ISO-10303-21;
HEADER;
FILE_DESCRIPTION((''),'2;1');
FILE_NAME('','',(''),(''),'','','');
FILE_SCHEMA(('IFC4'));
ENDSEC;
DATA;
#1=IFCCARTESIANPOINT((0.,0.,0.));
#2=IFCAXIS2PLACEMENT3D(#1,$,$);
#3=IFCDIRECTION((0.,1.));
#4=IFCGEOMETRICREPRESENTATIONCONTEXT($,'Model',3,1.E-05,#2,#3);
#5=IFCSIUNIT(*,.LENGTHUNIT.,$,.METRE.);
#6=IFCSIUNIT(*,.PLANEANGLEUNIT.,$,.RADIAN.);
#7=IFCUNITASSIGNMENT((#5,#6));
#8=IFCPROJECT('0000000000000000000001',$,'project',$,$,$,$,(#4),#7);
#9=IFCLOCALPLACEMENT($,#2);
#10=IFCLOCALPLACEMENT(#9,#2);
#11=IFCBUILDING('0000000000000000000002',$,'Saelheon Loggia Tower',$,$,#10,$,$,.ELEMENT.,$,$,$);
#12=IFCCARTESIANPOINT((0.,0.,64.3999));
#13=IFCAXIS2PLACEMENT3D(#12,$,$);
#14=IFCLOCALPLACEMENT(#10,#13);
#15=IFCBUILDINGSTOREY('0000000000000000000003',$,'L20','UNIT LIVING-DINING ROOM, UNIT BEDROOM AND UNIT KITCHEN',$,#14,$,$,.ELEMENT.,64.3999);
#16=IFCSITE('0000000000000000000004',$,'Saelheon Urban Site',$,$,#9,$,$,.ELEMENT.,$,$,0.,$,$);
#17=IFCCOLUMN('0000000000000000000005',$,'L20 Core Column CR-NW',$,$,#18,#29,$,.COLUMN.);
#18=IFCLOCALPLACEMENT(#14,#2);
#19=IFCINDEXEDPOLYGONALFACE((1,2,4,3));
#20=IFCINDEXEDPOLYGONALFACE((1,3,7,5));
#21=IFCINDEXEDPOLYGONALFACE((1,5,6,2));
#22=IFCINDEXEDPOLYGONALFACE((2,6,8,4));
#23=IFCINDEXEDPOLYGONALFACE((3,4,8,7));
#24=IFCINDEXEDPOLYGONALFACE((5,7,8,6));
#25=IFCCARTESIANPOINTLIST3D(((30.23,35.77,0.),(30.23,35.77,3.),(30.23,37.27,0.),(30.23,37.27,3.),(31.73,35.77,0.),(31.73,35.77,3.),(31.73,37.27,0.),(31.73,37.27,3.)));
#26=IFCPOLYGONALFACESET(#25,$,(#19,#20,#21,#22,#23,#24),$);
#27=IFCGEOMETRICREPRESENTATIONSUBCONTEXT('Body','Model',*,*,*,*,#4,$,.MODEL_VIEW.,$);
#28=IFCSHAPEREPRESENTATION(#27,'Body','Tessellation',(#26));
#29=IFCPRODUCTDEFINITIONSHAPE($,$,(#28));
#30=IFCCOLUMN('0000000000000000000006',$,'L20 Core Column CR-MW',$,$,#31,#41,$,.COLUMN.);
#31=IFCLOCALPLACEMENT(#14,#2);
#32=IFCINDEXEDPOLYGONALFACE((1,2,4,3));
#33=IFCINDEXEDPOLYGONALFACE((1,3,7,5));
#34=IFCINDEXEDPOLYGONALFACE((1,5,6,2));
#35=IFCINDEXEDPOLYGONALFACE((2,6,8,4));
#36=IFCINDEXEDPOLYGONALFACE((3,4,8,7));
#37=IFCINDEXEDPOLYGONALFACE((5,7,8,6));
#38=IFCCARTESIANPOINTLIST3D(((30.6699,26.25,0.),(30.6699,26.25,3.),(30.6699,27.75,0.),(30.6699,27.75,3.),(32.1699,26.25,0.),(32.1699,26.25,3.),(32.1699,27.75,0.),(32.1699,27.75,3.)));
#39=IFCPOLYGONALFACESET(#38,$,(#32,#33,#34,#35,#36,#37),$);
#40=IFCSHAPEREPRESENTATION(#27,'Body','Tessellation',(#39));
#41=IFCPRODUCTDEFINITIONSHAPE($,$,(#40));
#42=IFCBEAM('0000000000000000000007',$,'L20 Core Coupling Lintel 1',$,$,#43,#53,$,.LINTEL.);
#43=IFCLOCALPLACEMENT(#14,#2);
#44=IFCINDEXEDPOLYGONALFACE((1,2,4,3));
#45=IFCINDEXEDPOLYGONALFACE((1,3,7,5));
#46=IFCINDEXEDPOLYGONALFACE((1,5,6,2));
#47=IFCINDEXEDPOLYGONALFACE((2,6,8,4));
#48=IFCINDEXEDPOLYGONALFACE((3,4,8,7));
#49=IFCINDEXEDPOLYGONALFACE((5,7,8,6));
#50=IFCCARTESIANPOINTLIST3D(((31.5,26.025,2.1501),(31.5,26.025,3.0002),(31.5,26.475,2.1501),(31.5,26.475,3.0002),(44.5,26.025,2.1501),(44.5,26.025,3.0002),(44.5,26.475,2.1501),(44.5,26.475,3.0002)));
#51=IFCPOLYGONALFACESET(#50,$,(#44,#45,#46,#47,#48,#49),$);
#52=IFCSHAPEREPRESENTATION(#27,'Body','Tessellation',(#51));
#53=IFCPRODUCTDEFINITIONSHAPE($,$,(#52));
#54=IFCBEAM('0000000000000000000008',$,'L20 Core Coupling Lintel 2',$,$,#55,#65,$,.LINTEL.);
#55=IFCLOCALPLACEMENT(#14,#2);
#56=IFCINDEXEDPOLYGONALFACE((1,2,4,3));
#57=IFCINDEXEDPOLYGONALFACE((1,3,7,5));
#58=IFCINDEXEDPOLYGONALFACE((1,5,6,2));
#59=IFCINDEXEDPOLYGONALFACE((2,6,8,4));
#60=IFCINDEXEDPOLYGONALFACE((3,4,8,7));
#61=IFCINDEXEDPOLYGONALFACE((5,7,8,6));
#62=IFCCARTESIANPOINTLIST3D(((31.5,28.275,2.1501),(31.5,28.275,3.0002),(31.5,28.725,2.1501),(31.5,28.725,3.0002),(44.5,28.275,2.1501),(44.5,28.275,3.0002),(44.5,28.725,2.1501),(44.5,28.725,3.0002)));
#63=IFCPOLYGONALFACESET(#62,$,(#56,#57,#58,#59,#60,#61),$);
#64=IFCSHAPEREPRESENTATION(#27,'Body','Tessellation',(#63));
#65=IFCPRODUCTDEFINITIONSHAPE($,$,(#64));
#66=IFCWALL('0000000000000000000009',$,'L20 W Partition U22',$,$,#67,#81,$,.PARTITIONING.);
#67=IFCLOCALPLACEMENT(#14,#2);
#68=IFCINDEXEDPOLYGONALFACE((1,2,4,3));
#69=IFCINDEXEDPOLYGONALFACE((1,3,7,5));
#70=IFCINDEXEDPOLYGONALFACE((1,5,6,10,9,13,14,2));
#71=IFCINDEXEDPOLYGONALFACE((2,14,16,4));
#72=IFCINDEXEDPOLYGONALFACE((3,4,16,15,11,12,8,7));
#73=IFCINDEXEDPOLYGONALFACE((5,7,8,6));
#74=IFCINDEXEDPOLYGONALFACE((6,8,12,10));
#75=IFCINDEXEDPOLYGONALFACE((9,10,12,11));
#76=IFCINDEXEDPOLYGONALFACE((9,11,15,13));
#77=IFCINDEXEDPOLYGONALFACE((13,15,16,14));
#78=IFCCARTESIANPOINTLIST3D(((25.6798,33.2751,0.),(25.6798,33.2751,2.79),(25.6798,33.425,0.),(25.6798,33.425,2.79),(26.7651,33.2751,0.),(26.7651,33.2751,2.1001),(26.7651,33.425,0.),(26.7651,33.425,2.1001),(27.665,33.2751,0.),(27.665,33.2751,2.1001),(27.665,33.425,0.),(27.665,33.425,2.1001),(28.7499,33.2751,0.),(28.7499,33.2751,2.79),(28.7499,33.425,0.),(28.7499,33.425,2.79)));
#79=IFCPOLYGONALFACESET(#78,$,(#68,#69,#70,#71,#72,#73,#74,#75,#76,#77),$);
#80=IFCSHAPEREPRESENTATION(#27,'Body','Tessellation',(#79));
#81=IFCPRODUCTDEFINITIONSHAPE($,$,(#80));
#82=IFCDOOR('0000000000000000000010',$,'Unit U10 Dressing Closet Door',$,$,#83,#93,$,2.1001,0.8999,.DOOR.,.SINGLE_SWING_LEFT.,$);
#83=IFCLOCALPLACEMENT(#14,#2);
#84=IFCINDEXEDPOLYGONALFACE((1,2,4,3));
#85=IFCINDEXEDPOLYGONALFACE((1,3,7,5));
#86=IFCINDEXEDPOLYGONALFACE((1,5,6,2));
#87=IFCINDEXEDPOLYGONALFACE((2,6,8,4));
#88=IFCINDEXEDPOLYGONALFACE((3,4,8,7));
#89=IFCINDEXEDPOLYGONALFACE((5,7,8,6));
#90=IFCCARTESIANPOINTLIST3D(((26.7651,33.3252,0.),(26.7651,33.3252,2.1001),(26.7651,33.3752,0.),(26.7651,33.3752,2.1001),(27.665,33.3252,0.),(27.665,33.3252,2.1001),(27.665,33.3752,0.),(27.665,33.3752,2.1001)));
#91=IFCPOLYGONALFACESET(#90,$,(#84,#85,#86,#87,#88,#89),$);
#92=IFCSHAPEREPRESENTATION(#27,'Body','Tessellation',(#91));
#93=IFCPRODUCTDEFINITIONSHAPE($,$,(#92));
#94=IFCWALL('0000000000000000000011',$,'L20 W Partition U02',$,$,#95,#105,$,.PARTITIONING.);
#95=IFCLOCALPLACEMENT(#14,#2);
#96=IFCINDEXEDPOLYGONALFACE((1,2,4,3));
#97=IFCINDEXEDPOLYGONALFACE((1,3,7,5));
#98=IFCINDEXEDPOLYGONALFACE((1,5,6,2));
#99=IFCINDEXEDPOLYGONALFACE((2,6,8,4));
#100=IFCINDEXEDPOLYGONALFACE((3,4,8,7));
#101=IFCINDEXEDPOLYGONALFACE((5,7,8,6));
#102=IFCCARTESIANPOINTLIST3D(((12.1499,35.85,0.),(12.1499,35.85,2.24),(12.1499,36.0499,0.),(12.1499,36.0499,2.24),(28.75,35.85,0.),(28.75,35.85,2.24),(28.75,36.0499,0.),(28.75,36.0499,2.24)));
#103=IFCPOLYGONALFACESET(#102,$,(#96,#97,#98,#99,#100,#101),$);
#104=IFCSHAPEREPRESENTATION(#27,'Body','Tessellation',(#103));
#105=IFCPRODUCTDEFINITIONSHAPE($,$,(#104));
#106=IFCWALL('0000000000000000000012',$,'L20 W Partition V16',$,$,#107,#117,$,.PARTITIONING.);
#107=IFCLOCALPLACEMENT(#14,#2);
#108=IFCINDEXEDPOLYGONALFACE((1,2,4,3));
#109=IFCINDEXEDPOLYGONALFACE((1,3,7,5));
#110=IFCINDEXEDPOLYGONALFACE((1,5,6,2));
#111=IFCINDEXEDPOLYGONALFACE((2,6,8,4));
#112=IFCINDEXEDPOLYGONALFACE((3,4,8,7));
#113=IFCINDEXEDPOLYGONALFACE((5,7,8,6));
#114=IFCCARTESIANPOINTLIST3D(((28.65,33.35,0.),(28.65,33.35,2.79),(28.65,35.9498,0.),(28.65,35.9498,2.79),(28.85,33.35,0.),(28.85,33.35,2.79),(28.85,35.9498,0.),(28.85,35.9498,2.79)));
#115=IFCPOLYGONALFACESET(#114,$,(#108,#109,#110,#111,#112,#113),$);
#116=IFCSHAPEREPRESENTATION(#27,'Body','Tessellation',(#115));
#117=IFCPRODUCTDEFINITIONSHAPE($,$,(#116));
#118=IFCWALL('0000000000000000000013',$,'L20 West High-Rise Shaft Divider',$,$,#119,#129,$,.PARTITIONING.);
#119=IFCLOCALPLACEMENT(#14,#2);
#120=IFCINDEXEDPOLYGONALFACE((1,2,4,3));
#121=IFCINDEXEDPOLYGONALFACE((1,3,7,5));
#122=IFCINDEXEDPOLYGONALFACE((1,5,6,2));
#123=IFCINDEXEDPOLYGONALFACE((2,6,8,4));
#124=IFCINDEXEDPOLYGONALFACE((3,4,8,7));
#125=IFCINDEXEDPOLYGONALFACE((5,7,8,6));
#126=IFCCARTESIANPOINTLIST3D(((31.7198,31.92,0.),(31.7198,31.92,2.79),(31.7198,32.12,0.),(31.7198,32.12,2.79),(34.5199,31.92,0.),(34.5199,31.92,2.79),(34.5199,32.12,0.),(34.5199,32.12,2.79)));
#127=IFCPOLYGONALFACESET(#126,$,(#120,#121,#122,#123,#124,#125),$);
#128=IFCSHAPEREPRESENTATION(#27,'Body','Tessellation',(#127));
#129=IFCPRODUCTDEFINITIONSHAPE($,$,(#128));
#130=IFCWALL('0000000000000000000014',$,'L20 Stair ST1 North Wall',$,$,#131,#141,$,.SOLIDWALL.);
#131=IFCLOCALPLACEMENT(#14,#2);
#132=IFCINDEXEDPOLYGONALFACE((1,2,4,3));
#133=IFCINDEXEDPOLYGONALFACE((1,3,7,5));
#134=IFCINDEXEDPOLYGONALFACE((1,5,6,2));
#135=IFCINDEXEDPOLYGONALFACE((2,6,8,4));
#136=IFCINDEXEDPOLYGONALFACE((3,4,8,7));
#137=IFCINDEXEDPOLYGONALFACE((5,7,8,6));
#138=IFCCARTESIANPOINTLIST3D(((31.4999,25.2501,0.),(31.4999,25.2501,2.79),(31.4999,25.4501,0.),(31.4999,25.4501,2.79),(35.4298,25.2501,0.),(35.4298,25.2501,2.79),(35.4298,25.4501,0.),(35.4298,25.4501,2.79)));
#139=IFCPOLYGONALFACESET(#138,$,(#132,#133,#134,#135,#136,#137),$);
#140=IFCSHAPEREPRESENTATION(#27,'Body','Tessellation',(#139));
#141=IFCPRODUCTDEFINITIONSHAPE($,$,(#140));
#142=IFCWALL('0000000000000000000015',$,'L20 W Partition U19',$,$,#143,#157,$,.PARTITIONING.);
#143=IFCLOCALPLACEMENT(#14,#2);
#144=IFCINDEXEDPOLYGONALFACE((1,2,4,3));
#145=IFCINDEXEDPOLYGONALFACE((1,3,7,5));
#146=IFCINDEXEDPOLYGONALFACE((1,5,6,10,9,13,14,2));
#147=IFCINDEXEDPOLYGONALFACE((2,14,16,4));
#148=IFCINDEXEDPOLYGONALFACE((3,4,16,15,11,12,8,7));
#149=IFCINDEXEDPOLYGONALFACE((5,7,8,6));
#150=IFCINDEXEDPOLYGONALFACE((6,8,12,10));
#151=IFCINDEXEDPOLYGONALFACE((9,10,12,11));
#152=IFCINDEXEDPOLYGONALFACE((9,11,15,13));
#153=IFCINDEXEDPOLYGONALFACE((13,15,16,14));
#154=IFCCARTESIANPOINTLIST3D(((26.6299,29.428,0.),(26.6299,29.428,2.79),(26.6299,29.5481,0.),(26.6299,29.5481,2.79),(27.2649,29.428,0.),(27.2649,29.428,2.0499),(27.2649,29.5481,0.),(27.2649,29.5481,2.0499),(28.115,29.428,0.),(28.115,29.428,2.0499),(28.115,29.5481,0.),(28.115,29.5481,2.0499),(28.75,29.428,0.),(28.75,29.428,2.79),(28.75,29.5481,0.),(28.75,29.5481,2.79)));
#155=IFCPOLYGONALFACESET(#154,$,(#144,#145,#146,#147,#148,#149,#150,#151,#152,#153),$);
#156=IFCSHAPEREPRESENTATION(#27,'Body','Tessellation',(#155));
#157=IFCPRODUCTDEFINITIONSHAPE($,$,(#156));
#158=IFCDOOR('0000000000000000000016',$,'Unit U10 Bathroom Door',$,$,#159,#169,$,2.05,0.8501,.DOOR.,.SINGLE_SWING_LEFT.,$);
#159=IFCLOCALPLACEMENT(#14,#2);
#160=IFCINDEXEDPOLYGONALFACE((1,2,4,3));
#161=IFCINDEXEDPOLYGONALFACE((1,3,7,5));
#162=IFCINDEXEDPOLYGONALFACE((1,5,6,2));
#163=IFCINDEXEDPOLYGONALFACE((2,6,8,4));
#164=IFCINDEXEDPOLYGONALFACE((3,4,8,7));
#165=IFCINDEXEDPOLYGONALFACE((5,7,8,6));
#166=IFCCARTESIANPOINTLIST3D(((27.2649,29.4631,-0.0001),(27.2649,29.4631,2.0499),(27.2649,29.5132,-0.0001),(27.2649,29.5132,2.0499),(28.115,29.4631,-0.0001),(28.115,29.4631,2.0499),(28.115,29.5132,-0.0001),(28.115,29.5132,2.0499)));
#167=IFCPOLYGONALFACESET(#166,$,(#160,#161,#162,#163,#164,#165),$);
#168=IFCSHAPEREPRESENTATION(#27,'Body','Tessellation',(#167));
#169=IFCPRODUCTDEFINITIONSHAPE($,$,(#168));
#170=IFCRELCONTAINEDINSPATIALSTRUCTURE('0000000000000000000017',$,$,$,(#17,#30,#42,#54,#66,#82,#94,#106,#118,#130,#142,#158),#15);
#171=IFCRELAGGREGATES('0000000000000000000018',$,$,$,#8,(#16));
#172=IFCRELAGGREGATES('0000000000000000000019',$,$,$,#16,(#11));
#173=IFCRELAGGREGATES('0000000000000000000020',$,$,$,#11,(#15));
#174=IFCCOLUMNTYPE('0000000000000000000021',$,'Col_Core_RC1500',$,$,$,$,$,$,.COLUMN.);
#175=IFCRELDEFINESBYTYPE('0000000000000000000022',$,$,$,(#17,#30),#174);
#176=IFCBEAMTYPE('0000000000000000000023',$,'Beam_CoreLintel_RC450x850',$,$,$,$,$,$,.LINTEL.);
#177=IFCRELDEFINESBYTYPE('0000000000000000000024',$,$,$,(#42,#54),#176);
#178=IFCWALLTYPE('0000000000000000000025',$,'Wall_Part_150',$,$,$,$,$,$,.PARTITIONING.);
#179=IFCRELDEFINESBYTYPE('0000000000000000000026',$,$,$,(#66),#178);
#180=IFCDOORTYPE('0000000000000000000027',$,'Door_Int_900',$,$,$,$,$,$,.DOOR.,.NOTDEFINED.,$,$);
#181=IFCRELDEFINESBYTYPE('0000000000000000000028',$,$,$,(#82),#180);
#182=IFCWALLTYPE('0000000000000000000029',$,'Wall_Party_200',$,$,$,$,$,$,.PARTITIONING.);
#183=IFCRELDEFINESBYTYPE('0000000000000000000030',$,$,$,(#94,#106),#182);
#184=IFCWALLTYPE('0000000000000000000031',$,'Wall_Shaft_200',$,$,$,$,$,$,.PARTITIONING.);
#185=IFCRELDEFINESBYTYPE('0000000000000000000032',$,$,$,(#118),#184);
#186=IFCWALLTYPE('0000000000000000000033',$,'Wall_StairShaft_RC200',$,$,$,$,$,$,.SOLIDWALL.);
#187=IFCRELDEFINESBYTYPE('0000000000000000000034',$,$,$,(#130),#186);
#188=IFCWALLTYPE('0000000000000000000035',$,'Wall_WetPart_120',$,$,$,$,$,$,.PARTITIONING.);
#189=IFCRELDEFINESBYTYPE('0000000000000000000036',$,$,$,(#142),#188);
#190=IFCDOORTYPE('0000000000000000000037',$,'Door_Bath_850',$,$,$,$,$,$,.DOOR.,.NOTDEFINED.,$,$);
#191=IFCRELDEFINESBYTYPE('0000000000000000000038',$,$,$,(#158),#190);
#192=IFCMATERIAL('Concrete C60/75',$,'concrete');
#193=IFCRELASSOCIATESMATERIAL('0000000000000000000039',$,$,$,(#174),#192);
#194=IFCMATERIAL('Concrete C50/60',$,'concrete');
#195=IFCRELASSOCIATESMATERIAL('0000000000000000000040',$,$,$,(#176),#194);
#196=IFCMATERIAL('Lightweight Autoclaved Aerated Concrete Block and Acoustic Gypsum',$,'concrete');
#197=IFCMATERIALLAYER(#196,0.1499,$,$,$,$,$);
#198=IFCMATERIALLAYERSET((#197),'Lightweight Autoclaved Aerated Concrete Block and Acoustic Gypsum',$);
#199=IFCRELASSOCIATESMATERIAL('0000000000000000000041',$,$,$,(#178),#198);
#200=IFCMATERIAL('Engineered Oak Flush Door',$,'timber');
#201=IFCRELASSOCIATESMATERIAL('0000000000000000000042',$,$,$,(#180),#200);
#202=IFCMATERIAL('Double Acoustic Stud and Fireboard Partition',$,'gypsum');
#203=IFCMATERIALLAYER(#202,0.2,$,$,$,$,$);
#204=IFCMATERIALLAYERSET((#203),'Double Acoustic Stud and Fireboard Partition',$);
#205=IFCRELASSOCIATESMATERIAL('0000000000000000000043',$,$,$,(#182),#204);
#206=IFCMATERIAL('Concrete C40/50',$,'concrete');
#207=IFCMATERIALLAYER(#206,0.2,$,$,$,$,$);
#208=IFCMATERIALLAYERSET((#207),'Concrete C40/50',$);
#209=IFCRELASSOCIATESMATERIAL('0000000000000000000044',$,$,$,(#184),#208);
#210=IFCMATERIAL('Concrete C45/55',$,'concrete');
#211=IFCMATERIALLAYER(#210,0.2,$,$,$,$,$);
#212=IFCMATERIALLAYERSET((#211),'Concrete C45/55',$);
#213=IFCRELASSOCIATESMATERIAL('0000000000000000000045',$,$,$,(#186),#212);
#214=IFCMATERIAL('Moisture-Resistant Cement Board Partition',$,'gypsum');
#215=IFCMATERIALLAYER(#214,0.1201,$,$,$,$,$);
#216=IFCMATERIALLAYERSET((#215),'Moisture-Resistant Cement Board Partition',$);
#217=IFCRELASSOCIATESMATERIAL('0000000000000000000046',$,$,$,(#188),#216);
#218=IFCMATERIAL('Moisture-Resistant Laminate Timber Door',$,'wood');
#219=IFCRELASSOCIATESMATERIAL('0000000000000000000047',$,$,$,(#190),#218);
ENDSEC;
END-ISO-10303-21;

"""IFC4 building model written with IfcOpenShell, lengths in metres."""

from ifc_helpers import new_model, si_unit, direction, frame, frame_2d, origin, origin_2d, place, context, subcontext, project, spatial, rectangle, extrude, source, transform, mapped, material, layer, layer_set, material_profile, profile_set, type_object, element, fill, save


model = new_model("IFC4")

# Units and contexts
model_context = context("Model", 3, precision=1e-05, world=origin(), true_north=direction((0.0, 1.0)))
body_context = subcontext(model_context, "Body", "Model", "MODEL_VIEW")
ifc_project = project(units=[si_unit("LENGTHUNIT", "METRE"), si_unit("PLANEANGLEUNIT", "RADIAN")], contexts=[model_context])

# Site, building, storey
site_placement = place(None, origin())
site = spatial("IfcSite", under=ifc_project, at=site_placement, Name="Saelheon Urban Site", CompositionType="ELEMENT", RefElevation=0.0)
building_placement = place(site_placement, origin())
building = spatial("IfcBuilding", under=site, at=building_placement, Name="Saelheon Loggia Tower", CompositionType="ELEMENT")
storey_placement = place(building_placement, frame((0.0, 0.0, 64.3999)))
storey = spatial("IfcBuildingStorey", under=building, at=storey_placement, Name="L20", Description="UNIT LIVING-DINING ROOM, UNIT BEDROOM AND UNIT KITCHEN", CompositionType="ELEMENT", Elevation=64.3999)

# Columns
ifc_material_1 = material(Name="Concrete C60/75", Category="concrete")
ifc_material_profile_1 = material_profile(ifc_material_1, rectangle(XDim=1.5, YDim=1.5, at=origin_2d()), Name="RC-1500x1500")
ifc_profile_set_1 = profile_set([ifc_material_profile_1], Name="Concrete C60/75")
column_type = type_object("IfcColumnType", Name="Col_Core_RC1500", PredefinedType="COLUMN", material=ifc_profile_set_1)
shared_shape_1 = source(origin(), body_context, "Body", "SweptSolid", [
    extrude(rectangle(XDim=1.5, YDim=1.5, at=origin_2d()), origin(), (0.0, 0.0, 1.0), 3.0),
])
for number, where, z_axis, x_axis, name in (
    (1, (30.98, 36.52, 0.0), (0.0, 0.0, 1.0), (1.0, 0.0, 0.0), "L20 Core Column CR-NW"),
    (2, (31.4199, 27.0, 0.0), (0.0, 0.0, 1.0), (1.0, 0.0, 0.0), "L20 Core Column CR-MW"),
):
    element("IfcColumn", number, at=place(storey_placement, frame(where, z_axis=z_axis, x_axis=x_axis)), inside=storey, type_object=column_type, Name=name, PredefinedType="COLUMN", context=body_context, shape_type="MappedRepresentation", body=[
        mapped(shared_shape_1, transform((0.0, 0.0, 0.0), scale=1.0)),
    ])

# Beams
ifc_material_2 = material(Name="Concrete C50/60", Category="concrete")
ifc_material_profile_2 = material_profile(ifc_material_2, rectangle(XDim=0.45, YDim=0.8501, at=origin_2d()), Name="RC-450x850")
ifc_profile_set_2 = profile_set([ifc_material_profile_2], Name="Concrete C50/60")
beam_type = type_object("IfcBeamType", Name="Beam_CoreLintel_RC450x850", PredefinedType="LINTEL", material=ifc_profile_set_2)
shared_shape_2 = source(origin(), body_context, "Body", "SweptSolid", [
    extrude(rectangle(XDim=0.45, YDim=0.8501, at=origin_2d()), origin(), (0.0, 0.0, 1.0), 13.0),
])
for number, where, z_axis, x_axis, name in (
    (3, (31.5, 26.25, 2.5752), (1.0, 0.0, 0.0), (0.0, 1.0, 0.0), "L20 Core Coupling Lintel 1"),
    (4, (31.5, 28.5, 2.5752), (1.0, 0.0, 0.0), (0.0, 1.0, 0.0), "L20 Core Coupling Lintel 2"),
):
    element("IfcBeam", number, at=place(storey_placement, frame(where, z_axis=z_axis, x_axis=x_axis)), inside=storey, type_object=beam_type, Name=name, PredefinedType="LINTEL", context=body_context, shape_type="MappedRepresentation", body=[
        mapped(shared_shape_2, transform((0.0, 0.0, 0.0), scale=1.0)),
    ])

# Wall, opening, door
ifc_material_3 = material(Name="Lightweight Autoclaved Aerated Concrete Block and Acoustic Gypsum", Category="concrete")
ifc_layer_1 = layer(ifc_material_3, 0.1499)
ifc_layer_set_1 = layer_set([ifc_layer_1], Name="Lightweight Autoclaved Aerated Concrete Block and Acoustic Gypsum")
wall_type_1 = type_object("IfcWallType", Name="Wall_Part_150", PredefinedType="PARTITIONING", material=ifc_layer_set_1)
wall_1_placement = place(storey_placement, frame((28.75, 33.3501, 0.0), z_axis=(0.0, 0.0, 1.0), x_axis=(-1.0, 0.0, 0.0)))
wall_1 = element("IfcWall", 5, at=wall_1_placement, inside=storey, type_object=wall_type_1, Name="L20 W Partition U22", PredefinedType="PARTITIONING", context=body_context, shape_type="SweptSolid", body=[
    extrude(rectangle(XDim=3.0701, YDim=0.1499, at=frame_2d((1.5352, 0.0))), origin(), (0.0, 0.0, 1.0), 2.79),
])
opening_1_placement = place(wall_1_placement, frame((1.085, 0.0, 0.0)))
opening_1 = element("IfcOpeningElement", 6, at=opening_1_placement, cuts=wall_1, PredefinedType="OPENING", context=body_context, shape_type="SweptSolid", body=[
    extrude(rectangle(XDim=0.8999, YDim=2.1001, at=frame_2d((0.45, 1.05))), frame((0.0, 0.0869, 0.0), z_axis=(0.0, -1.0, 0.0), x_axis=(1.0, 0.0, 0.0)), (0.0, 0.0, 1.0), 0.1738),
])
ifc_material_4 = material(Name="Engineered Oak Flush Door", Category="timber")
door_type_1 = type_object("IfcDoorType", Name="Door_Int_900", OperationType="NOTDEFINED", PredefinedType="DOOR", material=ifc_material_4)
shared_shape_3 = source(origin(), body_context, "Body", "SweptSolid", [
    extrude(rectangle(XDim=0.8999, YDim=2.1001, at=frame_2d((0.45, 1.05))), frame((0.0, 0.0249, 0.0), z_axis=(0.0, -1.0, 0.0), x_axis=(1.0, 0.0, 0.0)), (0.0, 0.0, 1.0), 0.05),
])
door_1_placement = place(opening_1_placement, origin())
door_1 = element("IfcDoor", 7, at=door_1_placement, inside=storey, type_object=door_type_1, Name="Unit U10 Dressing Closet Door", OperationType="SINGLE_SWING_LEFT", OverallHeight=2.1001, OverallWidth=0.8999, PredefinedType="DOOR", context=body_context, shape_type="MappedRepresentation", body=[
    mapped(shared_shape_3, transform((0.0, 0.0, 0.0), scale=1.0)),
])
fill(opening_1, door_1)

# Wall
ifc_material_5 = material(Name="Double Acoustic Stud and Fireboard Partition", Category="gypsum")
ifc_layer_2 = layer(ifc_material_5, 0.2)
ifc_layer_set_2 = layer_set([ifc_layer_2], Name="Double Acoustic Stud and Fireboard Partition")
wall_type_2 = type_object("IfcWallType", Name="Wall_Party_200", PredefinedType="PARTITIONING", material=ifc_layer_set_2)
wall_2_placement = place(storey_placement, frame((28.75, 35.95, 0.0), z_axis=(0.0, 0.0, 1.0), x_axis=(-1.0, 0.0, 0.0)))
element("IfcWall", 8, at=wall_2_placement, inside=storey, type_object=wall_type_2, Name="L20 W Partition U02", PredefinedType="PARTITIONING", context=body_context, shape_type="SweptSolid", body=[
    extrude(rectangle(XDim=16.6001, YDim=0.2, at=frame_2d((8.3, 0.0))), origin(), (0.0, 0.0, 1.0), 2.24),
])

# Walls
wall_3_placement = place(storey_placement, frame((28.75, 33.3501, 0.0), z_axis=(0.0, 0.0, 1.0), x_axis=(0.0, 1.0, 0.0)))
element("IfcWall", 9, at=wall_3_placement, inside=storey, type_object=wall_type_2, Name="L20 W Partition V16", PredefinedType="PARTITIONING", context=body_context, shape_type="SweptSolid", body=[
    extrude(rectangle(XDim=2.5999, YDim=0.2, at=frame_2d((1.2998, 0.0))), origin(), (0.0, 0.0, 1.0), 2.79),
])
ifc_material_6 = material(Name="Concrete C40/50", Category="concrete")
ifc_layer_3 = layer(ifc_material_6, 0.2)
ifc_layer_set_3 = layer_set([ifc_layer_3], Name="Concrete C40/50")
wall_type_3 = type_object("IfcWallType", Name="Wall_Shaft_200", PredefinedType="PARTITIONING", material=ifc_layer_set_3)
wall_4_placement = place(storey_placement, frame((31.72, 32.02, 0.0), z_axis=(0.0, 0.0, 1.0), x_axis=(1.0, 0.0, 0.0)))
element("IfcWall", 10, at=wall_4_placement, inside=storey, type_object=wall_type_3, Name="L20 West High-Rise Shaft Divider", PredefinedType="PARTITIONING", context=body_context, shape_type="SweptSolid", body=[
    extrude(rectangle(XDim=2.8, YDim=0.2, at=frame_2d((1.3999, 0.0))), origin(), (0.0, 0.0, 1.0), 2.79),
])
ifc_material_7 = material(Name="Concrete C45/55", Category="concrete")
ifc_layer_4 = layer(ifc_material_7, 0.2)
ifc_layer_set_4 = layer_set([ifc_layer_4], Name="Concrete C45/55")
wall_type_4 = type_object("IfcWallType", Name="Wall_StairShaft_RC200", PredefinedType="SOLIDWALL", material=ifc_layer_set_4)
wall_5_placement = place(storey_placement, frame((31.5, 25.3501, 0.0), z_axis=(0.0, 0.0, 1.0), x_axis=(1.0, 0.0, 0.0)))
element("IfcWall", 11, at=wall_5_placement, inside=storey, type_object=wall_type_4, Name="L20 Stair ST1 North Wall", PredefinedType="SOLIDWALL", context=body_context, shape_type="SweptSolid", body=[
    extrude(rectangle(XDim=3.9299, YDim=0.2, at=frame_2d((1.9648, 0.0))), origin(), (0.0, 0.0, 1.0), 2.79),
])

# Wall, opening, door
ifc_material_8 = material(Name="Moisture-Resistant Cement Board Partition", Category="gypsum")
ifc_layer_5 = layer(ifc_material_8, 0.1201)
ifc_layer_set_5 = layer_set([ifc_layer_5], Name="Moisture-Resistant Cement Board Partition")
wall_type_5 = type_object("IfcWallType", Name="Wall_WetPart_120", PredefinedType="PARTITIONING", material=ifc_layer_set_5)
wall_6_placement = place(storey_placement, frame((28.75, 29.488, 0.0), z_axis=(0.0, 0.0, 1.0), x_axis=(-1.0, 0.0, 0.0)))
wall_6 = element("IfcWall", 12, at=wall_6_placement, inside=storey, type_object=wall_type_5, Name="L20 W Partition U19", PredefinedType="PARTITIONING", context=body_context, shape_type="SweptSolid", body=[
    extrude(rectangle(XDim=2.1201, YDim=0.1201, at=frame_2d((1.0601, 0.0))), origin(), (0.0, 0.0, 1.0), 2.79),
])
opening_2_placement = place(wall_6_placement, frame((0.635, 0.0, 0.0)))
opening_2 = element("IfcOpeningElement", 13, at=opening_2_placement, cuts=wall_6, PredefinedType="OPENING", context=body_context, shape_type="SweptSolid", body=[
    extrude(rectangle(XDim=0.8501, YDim=2.05, at=frame_2d((0.425, 1.0249))), frame((0.0, 0.072, 0.0), z_axis=(0.0, -1.0, 0.0), x_axis=(1.0, 0.0, 0.0)), (0.0, 0.0, 1.0), 0.144),
])
ifc_material_9 = material(Name="Moisture-Resistant Laminate Timber Door", Category="wood")
door_type_2 = type_object("IfcDoorType", Name="Door_Bath_850", OperationType="NOTDEFINED", PredefinedType="DOOR", material=ifc_material_9)
shared_shape_4 = source(origin(), body_context, "Body", "SweptSolid", [
    extrude(rectangle(XDim=0.8501, YDim=2.05, at=frame_2d((0.425, 1.0249))), frame((0.0, 0.0249, 0.0), z_axis=(0.0, -1.0, 0.0), x_axis=(1.0, 0.0, 0.0)), (0.0, 0.0, 1.0), 0.05),
])
door_2_placement = place(opening_2_placement, origin())
door_2 = element("IfcDoor", 14, at=door_2_placement, inside=storey, type_object=door_type_2, Name="Unit U10 Bathroom Door", OperationType="SINGLE_SWING_LEFT", OverallHeight=2.05, OverallWidth=0.8501, PredefinedType="DOOR", context=body_context, shape_type="MappedRepresentation", body=[
    mapped(shared_shape_4, transform((0.0, 0.0, 0.0), scale=1.0)),
])
fill(opening_2, door_2)

save(model, "model.ifc")
